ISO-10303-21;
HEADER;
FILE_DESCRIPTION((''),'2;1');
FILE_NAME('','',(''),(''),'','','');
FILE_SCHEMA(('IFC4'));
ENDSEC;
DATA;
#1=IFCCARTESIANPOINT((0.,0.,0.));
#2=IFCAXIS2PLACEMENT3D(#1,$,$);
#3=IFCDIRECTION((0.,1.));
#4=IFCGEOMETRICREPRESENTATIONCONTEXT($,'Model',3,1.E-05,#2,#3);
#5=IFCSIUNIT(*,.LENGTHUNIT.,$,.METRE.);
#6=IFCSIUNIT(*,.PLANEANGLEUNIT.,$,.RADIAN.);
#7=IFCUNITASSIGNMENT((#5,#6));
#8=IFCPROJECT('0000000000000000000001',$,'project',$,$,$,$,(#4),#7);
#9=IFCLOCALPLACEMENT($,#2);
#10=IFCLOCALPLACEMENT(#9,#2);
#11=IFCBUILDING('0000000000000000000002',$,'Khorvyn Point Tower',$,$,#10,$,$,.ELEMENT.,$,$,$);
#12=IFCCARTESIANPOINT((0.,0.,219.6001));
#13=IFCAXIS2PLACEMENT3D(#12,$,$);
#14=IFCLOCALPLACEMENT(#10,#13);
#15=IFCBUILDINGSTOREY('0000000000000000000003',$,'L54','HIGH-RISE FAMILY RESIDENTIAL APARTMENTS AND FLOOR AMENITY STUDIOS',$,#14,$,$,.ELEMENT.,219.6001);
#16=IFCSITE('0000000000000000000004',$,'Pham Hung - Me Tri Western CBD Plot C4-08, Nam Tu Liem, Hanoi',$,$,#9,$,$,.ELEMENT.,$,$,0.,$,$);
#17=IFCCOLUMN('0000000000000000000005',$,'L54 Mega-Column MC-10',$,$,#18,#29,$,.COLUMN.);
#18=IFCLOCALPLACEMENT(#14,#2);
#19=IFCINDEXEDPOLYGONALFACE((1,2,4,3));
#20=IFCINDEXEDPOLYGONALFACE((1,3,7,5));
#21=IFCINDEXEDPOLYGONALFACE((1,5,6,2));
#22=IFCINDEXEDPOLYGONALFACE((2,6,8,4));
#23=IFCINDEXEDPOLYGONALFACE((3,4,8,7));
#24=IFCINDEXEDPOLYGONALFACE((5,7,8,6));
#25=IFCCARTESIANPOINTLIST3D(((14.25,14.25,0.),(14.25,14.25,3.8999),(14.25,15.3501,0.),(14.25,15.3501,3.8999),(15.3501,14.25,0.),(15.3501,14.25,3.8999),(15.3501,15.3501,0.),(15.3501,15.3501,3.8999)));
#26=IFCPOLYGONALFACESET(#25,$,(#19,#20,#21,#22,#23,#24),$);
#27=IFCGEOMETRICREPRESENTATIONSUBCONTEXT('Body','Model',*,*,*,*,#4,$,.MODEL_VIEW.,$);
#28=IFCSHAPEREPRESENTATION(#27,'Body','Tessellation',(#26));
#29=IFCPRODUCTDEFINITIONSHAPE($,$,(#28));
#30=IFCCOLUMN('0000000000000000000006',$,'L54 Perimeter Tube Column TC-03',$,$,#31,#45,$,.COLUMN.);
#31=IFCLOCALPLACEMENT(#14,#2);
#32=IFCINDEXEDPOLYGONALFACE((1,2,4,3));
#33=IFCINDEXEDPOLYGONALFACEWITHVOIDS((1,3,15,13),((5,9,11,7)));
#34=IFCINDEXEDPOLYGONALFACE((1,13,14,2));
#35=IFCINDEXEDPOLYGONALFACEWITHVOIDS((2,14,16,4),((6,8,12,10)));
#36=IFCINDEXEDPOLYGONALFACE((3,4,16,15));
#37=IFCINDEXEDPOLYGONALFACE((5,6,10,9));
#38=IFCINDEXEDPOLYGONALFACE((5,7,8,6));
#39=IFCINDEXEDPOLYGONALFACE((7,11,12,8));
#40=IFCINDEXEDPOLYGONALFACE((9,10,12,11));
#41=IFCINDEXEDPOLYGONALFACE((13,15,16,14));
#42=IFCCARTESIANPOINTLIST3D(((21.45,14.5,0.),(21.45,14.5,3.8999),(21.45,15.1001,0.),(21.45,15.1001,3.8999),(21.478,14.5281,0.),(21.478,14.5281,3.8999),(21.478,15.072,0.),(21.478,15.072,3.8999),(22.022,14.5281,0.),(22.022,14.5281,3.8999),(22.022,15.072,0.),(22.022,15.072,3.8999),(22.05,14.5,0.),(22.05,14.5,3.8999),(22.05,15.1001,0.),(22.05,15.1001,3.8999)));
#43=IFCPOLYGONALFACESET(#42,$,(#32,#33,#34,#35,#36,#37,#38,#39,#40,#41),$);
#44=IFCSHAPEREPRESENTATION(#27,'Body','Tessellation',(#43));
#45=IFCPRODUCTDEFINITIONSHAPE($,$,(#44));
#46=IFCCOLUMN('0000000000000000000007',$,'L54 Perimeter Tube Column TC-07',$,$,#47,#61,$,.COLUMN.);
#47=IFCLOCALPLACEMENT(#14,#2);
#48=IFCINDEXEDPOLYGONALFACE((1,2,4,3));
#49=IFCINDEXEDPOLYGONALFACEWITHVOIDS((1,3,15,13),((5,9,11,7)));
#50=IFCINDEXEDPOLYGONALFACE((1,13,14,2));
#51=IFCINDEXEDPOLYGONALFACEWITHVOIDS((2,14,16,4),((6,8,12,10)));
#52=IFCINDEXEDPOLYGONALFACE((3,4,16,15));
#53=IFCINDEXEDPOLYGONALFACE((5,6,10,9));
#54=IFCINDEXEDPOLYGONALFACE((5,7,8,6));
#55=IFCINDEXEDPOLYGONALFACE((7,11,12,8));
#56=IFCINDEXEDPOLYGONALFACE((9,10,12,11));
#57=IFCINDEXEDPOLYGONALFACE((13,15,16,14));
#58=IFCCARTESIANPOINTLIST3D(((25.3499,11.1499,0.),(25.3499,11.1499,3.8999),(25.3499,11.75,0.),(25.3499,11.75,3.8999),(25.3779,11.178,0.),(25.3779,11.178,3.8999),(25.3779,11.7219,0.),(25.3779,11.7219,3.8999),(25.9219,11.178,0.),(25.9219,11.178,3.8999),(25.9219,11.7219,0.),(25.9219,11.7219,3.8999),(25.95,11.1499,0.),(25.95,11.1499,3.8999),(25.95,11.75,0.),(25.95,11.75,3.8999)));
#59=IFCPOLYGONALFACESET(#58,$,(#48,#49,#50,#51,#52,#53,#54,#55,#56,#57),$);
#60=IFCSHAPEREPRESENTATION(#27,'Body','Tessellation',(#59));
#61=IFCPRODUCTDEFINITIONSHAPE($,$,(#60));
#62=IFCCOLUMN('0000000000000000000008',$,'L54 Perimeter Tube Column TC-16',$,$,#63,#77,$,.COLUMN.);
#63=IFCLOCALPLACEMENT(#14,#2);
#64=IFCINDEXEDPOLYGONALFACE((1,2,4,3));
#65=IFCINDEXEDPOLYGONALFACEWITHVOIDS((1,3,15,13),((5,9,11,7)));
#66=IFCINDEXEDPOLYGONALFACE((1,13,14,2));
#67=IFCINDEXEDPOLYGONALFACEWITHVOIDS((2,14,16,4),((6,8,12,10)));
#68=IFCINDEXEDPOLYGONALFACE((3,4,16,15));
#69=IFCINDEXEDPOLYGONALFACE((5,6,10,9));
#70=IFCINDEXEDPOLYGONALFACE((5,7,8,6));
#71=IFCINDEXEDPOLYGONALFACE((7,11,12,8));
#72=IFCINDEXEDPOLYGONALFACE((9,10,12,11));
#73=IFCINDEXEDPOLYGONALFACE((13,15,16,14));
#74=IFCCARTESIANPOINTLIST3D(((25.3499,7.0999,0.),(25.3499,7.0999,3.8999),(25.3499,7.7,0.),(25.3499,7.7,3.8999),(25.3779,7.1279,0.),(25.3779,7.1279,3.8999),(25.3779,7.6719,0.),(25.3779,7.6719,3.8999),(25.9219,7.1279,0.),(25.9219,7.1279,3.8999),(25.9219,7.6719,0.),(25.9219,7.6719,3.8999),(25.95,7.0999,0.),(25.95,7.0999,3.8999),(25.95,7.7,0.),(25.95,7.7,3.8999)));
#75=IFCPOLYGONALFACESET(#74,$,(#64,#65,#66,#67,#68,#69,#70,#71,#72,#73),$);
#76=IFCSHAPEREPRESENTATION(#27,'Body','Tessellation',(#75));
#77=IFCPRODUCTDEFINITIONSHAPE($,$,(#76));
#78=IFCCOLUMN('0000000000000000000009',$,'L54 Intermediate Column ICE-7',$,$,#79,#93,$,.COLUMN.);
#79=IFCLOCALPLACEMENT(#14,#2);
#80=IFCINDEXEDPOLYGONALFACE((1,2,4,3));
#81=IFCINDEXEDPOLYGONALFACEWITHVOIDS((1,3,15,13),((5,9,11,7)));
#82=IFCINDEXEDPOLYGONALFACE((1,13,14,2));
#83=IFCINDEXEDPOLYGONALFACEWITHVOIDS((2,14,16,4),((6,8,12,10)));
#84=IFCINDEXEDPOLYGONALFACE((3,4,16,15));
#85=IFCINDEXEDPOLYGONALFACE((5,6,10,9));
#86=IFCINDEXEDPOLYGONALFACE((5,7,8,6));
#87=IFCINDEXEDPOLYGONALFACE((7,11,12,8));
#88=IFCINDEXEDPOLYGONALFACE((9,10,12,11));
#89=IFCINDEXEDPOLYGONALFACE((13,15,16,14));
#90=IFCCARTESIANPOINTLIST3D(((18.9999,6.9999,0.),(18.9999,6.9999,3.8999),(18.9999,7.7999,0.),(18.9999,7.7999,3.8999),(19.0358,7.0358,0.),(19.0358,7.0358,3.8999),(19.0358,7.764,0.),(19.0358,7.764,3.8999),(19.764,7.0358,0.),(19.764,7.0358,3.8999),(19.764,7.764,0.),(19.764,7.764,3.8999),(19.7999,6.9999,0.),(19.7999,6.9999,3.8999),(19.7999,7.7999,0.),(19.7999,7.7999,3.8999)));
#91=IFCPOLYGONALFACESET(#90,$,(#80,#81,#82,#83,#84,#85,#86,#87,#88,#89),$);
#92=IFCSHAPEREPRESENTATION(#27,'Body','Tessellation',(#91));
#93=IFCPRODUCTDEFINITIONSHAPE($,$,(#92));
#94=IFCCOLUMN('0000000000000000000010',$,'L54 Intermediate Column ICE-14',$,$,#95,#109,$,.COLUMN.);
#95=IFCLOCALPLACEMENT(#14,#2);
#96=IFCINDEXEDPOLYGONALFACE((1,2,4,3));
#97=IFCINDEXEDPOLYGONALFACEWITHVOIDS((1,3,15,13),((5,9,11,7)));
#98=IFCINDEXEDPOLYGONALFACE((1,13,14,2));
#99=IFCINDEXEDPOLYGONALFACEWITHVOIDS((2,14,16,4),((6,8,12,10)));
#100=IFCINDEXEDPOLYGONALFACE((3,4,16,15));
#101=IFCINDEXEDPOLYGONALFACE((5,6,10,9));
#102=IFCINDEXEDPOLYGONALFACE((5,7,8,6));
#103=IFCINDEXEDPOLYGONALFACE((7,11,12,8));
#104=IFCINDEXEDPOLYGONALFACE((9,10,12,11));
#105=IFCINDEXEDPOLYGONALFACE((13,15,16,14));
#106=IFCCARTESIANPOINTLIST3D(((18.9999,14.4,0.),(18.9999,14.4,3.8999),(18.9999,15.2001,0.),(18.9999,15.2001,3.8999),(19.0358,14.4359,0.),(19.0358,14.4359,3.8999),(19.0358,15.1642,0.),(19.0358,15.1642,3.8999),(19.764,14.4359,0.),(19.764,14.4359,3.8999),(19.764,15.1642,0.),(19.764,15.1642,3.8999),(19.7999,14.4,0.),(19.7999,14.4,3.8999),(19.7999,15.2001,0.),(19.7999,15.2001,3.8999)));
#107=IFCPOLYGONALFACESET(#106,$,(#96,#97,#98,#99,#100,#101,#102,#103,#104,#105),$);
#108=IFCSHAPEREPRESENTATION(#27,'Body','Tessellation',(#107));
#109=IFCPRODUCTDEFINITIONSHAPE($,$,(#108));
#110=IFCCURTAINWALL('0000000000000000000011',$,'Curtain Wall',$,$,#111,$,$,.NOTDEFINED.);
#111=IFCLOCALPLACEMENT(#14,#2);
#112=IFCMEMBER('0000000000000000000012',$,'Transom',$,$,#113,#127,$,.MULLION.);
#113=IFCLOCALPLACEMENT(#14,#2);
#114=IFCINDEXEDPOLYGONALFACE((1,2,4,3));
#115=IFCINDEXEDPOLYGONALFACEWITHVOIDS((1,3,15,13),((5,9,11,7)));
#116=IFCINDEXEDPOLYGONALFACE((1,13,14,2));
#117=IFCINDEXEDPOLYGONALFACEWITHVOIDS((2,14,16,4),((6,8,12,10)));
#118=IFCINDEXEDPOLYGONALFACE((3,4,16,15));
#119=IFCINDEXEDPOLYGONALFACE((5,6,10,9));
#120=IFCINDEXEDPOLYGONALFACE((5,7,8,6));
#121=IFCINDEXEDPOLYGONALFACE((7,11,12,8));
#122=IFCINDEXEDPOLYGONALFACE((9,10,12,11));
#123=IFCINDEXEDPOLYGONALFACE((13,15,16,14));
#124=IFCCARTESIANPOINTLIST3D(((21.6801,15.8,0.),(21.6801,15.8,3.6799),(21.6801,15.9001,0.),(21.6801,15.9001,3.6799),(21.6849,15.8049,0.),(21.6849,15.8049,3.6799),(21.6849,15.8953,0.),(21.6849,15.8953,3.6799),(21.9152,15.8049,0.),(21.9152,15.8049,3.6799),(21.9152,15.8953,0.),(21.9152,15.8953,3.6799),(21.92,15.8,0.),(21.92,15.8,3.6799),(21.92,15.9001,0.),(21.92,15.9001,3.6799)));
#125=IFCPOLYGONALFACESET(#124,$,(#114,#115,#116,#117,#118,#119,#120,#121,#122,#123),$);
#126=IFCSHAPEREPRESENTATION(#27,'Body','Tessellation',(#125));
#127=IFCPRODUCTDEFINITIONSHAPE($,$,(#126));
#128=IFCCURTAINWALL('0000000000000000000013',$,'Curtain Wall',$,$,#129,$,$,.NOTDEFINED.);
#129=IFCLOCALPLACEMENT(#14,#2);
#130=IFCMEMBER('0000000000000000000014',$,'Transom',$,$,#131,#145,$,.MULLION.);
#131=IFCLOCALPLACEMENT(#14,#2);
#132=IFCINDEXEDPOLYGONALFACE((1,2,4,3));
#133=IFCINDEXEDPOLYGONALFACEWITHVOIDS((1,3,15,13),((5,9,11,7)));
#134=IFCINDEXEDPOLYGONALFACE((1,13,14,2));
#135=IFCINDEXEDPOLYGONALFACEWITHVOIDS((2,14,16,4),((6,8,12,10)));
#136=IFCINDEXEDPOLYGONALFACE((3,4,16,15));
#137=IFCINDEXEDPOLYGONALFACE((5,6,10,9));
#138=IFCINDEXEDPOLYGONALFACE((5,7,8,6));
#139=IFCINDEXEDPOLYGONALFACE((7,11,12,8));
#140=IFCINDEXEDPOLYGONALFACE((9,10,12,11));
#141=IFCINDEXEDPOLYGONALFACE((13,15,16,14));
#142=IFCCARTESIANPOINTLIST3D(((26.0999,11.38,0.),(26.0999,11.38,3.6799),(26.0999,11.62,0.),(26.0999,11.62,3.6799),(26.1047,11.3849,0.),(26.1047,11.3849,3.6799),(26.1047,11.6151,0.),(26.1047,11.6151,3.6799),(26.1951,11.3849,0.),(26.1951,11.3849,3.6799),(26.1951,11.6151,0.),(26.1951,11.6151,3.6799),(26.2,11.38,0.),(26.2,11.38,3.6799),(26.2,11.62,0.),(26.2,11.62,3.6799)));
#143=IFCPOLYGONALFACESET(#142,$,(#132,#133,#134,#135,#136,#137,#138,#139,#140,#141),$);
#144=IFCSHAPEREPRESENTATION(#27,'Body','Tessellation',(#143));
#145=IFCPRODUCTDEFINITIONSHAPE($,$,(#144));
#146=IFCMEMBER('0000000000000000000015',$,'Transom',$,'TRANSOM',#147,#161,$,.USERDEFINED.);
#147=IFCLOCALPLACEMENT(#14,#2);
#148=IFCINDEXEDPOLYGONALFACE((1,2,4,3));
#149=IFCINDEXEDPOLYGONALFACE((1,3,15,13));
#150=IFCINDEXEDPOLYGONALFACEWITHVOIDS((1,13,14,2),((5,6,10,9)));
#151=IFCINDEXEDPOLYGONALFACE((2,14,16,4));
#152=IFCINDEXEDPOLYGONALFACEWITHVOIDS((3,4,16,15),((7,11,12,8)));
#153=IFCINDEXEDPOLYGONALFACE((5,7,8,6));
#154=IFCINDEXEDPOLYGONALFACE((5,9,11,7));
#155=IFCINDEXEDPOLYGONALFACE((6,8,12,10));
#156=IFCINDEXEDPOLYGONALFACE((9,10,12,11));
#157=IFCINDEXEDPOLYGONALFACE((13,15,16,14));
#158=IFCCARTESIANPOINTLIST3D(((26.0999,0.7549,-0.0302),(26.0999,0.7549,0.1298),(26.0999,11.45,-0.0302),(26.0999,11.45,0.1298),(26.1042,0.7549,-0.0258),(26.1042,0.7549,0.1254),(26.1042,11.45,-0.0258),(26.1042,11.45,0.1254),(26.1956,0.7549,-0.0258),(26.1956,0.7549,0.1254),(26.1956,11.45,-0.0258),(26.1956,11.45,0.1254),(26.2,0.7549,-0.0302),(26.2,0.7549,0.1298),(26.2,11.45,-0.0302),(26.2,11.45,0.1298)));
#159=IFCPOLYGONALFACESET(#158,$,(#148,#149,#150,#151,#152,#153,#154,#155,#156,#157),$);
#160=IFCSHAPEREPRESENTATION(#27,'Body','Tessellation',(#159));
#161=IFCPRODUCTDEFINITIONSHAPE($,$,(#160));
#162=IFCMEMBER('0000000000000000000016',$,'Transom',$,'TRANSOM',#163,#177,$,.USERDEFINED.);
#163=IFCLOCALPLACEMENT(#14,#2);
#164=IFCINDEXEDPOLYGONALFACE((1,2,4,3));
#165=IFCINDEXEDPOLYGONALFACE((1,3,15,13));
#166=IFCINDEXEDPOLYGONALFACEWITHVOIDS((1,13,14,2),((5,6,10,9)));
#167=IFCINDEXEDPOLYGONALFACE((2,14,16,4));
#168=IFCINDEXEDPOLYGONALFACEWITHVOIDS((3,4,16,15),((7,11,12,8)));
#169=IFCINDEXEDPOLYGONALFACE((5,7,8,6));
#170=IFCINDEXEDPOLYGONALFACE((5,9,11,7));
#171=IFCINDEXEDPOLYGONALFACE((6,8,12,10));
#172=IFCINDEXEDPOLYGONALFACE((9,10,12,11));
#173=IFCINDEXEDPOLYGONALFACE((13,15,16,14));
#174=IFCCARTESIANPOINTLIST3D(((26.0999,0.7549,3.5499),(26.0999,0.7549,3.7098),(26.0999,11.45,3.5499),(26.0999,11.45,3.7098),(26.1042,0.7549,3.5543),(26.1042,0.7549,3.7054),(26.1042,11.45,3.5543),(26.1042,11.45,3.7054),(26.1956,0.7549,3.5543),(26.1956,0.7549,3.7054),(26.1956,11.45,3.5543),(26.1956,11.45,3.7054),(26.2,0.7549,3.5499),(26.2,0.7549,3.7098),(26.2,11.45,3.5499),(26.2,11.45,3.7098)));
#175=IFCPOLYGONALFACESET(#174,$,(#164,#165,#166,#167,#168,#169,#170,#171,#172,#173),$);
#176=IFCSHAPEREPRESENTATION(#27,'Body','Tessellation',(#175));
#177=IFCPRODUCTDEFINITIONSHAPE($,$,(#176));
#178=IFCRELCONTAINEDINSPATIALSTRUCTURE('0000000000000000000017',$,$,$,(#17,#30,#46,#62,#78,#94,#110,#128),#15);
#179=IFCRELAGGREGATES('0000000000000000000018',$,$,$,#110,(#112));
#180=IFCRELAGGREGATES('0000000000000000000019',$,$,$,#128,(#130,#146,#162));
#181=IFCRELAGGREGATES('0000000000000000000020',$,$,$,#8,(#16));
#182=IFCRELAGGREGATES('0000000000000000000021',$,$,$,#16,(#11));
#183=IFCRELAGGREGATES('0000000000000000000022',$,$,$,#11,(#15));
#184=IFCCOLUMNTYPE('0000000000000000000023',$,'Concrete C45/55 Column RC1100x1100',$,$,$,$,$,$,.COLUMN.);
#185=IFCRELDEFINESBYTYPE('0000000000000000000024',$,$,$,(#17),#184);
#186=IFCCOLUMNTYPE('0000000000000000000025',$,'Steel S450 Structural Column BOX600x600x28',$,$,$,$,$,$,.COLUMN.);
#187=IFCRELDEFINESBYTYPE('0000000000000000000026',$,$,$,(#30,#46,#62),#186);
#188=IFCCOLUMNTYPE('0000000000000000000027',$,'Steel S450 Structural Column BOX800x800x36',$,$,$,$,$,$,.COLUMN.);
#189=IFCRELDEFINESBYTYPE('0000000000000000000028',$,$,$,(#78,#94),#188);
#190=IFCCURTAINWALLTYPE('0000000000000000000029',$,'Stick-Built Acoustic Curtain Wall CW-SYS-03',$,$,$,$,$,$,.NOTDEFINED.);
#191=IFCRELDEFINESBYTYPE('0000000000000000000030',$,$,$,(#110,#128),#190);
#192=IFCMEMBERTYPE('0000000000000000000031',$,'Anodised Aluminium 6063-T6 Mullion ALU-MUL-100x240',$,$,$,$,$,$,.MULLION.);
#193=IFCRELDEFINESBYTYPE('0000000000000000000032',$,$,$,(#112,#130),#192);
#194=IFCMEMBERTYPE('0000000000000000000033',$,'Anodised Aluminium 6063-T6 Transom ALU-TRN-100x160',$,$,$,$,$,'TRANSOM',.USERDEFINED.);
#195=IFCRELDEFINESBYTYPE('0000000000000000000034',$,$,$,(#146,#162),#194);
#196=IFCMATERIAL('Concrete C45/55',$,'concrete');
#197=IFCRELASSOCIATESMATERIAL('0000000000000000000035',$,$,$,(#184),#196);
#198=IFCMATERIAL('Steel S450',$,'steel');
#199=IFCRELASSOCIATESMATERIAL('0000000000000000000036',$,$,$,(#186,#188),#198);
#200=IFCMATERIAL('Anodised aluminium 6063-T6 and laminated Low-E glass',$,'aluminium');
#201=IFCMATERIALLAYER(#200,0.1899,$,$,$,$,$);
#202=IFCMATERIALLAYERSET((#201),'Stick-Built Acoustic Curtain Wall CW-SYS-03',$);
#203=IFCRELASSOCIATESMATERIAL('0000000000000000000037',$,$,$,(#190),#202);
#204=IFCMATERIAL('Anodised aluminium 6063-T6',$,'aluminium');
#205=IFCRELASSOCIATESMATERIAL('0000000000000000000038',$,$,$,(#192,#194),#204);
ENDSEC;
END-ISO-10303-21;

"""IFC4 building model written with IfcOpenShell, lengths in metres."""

from ifc_helpers import new_model, si_unit, direction, frame, origin, origin_2d, place, context, subcontext, project, spatial, rectangle, hollow_rectangle, extrude, material, layer, layer_set, material_profile, profile_set, type_object, element, aggregate, save


model = new_model("IFC4")

# Units and contexts
model_context = context("Model", 3, precision=1e-05, world=origin(), true_north=direction((0.0, 1.0)))
body_context = subcontext(model_context, "Body", "Model", "MODEL_VIEW")
ifc_project = project(units=[si_unit("LENGTHUNIT", "METRE"), si_unit("PLANEANGLEUNIT", "RADIAN")], contexts=[model_context])

# Site, building, storey
site_placement = place(None, origin())
site = spatial("IfcSite", under=ifc_project, at=site_placement, Name="Pham Hung - Me Tri Western CBD Plot C4-08, Nam Tu Liem, Hanoi", CompositionType="ELEMENT", RefElevation=0.0)
building_placement = place(site_placement, origin())
building = spatial("IfcBuilding", under=site, at=building_placement, Name="Khorvyn Point Tower", CompositionType="ELEMENT")
storey_placement = place(building_placement, frame((0.0, 0.0, 219.6001)))
storey = spatial("IfcBuildingStorey", under=building, at=storey_placement, Name="L54", Description="HIGH-RISE FAMILY RESIDENTIAL APARTMENTS AND FLOOR AMENITY STUDIOS", CompositionType="ELEMENT", Elevation=219.6001)

# Columns
ifc_material_1 = material(Name="Concrete C45/55", Category="concrete")
ifc_material_profile_1 = material_profile(ifc_material_1, rectangle(XDim=1.1001, YDim=1.1001, at=origin_2d()))
ifc_profile_set_1 = profile_set([ifc_material_profile_1], Name="Concrete C45/55 RC1100x1100")
column_type_1 = type_object("IfcColumnType", Name="Concrete C45/55 Column RC1100x1100", PredefinedType="COLUMN", material=ifc_profile_set_1)
column_placement = place(storey_placement, frame((14.8, 14.8, 0.0), z_axis=(0.0, 0.0, 1.0), x_axis=(1.0, 0.0, 0.0)))
element("IfcColumn", 1, at=column_placement, inside=storey, type_object=column_type_1, Name="L54 Mega-Column MC-10", PredefinedType="COLUMN", context=body_context, shape_type="SweptSolid", body=[
    extrude(rectangle(XDim=1.1001, YDim=1.1001, at=origin_2d()), origin(), (0.0, 0.0, 1.0), 3.8999),
])
ifc_material_2 = material(Name="Steel S450", Category="steel")
ifc_material_profile_2 = material_profile(ifc_material_2, hollow_rectangle(XDim=0.6001, YDim=0.6001, WallThickness=0.0281, at=origin_2d()))
ifc_profile_set_2 = profile_set([ifc_material_profile_2], Name="Steel S450 BOX600x600x28")
column_type_2 = type_object("IfcColumnType", Name="Steel S450 Structural Column BOX600x600x28", PredefinedType="COLUMN", material=ifc_profile_set_2)
for number, where, z_axis, x_axis, name in (
    (2, (21.75, 14.8, 0.0), (0.0, 0.0, 1.0), (1.0, 0.0, 0.0), "L54 Perimeter Tube Column TC-03"),
    (3, (25.6499, 11.45, 0.0), (0.0, 0.0, 1.0), (1.0, 0.0, 0.0), "L54 Perimeter Tube Column TC-07"),
    (4, (25.6499, 7.3999, 0.0), (0.0, 0.0, 1.0), (1.0, 0.0, 0.0), "L54 Perimeter Tube Column TC-16"),
):
    element("IfcColumn", number, at=place(storey_placement, frame(where, z_axis=z_axis, x_axis=x_axis)), inside=storey, type_object=column_type_2, Name=name, PredefinedType="COLUMN", context=body_context, shape_type="SweptSolid", body=[
        extrude(hollow_rectangle(XDim=0.6001, YDim=0.6001, WallThickness=0.0281, at=origin_2d()), origin(), (0.0, 0.0, 1.0), 3.8999),
    ])
ifc_material_profile_3 = material_profile(ifc_material_2, hollow_rectangle(XDim=0.8, YDim=0.8, WallThickness=0.0359, at=origin_2d()))
ifc_profile_set_3 = profile_set([ifc_material_profile_3], Name="Steel S450 BOX800x800x36")
column_type_3 = type_object("IfcColumnType", Name="Steel S450 Structural Column BOX800x800x36", PredefinedType="COLUMN", material=ifc_profile_set_3)
for number, where, z_axis, x_axis, name in (
    (5, (19.3999, 7.3999, 0.0), (0.0, 0.0, 1.0), (1.0, 0.0, 0.0), "L54 Intermediate Column ICE-7"),
    (6, (19.3999, 14.8, 0.0), (0.0, 0.0, 1.0), (1.0, 0.0, 0.0), "L54 Intermediate Column ICE-14"),
):
    element("IfcColumn", number, at=place(storey_placement, frame(where, z_axis=z_axis, x_axis=x_axis)), inside=storey, type_object=column_type_3, Name=name, PredefinedType="COLUMN", context=body_context, shape_type="SweptSolid", body=[
        extrude(hollow_rectangle(XDim=0.8, YDim=0.8, WallThickness=0.0359, at=origin_2d()), origin(), (0.0, 0.0, 1.0), 3.8999),
    ])

# Curtain wall, member
ifc_material_3 = material(Name="Anodised aluminium 6063-T6 and laminated Low-E glass", Category="aluminium")
ifc_layer_1 = layer(ifc_material_3, 0.1899)
ifc_layer_set_1 = layer_set([ifc_layer_1], Name="Stick-Built Acoustic Curtain Wall CW-SYS-03")
curtain_wall_type = type_object("IfcCurtainWallType", Name="Stick-Built Acoustic Curtain Wall CW-SYS-03", PredefinedType="NOTDEFINED", material=ifc_layer_set_1)
curtain_wall_1_placement = place(storey_placement, origin())
curtain_wall_1 = element("IfcCurtainWall", 7, at=curtain_wall_1_placement, inside=storey, type_object=curtain_wall_type, Name="Curtain Wall", PredefinedType="NOTDEFINED")
ifc_material_4 = material(Name="Anodised aluminium 6063-T6", Category="aluminium")
ifc_material_profile_4 = material_profile(ifc_material_4, hollow_rectangle(XDim=0.1001, YDim=0.24, WallThickness=0.0049, at=origin_2d()))
ifc_profile_set_4 = profile_set([ifc_material_profile_4], Name="Anodised aluminium 6063-T6 ALU-MUL-100x240")
member_type_1 = type_object("IfcMemberType", Name="Anodised Aluminium 6063-T6 Mullion ALU-MUL-100x240", PredefinedType="MULLION", material=ifc_profile_set_4)
member_1_placement = place(storey_placement, frame((21.8, 15.8501, 0.0), z_axis=(0.0, 0.0, 1.0), x_axis=(0.0, 1.0, 0.0)))
member_1 = element("IfcMember", 8, at=member_1_placement, type_object=member_type_1, Name="Transom", PredefinedType="MULLION", context=body_context, shape_type="SweptSolid", body=[
    extrude(hollow_rectangle(XDim=0.1001, YDim=0.24, WallThickness=0.0049, at=origin_2d()), origin(), (0.0, 0.0, 1.0), 3.6799),
])
aggregate(curtain_wall_1, [member_1])

# Curtain wall, members
curtain_wall_2_placement = place(storey_placement, origin())
curtain_wall_2 = element("IfcCurtainWall", 9, at=curtain_wall_2_placement, inside=storey, type_object=curtain_wall_type, Name="Curtain Wall", PredefinedType="NOTDEFINED")
member_2_placement = place(storey_placement, frame((26.1499, 11.5, 0.0), z_axis=(0.0, 0.0, 1.0), x_axis=(1.0, 0.0, 0.0)))
member_2 = element("IfcMember", 10, at=member_2_placement, type_object=member_type_1, Name="Transom", PredefinedType="MULLION", context=body_context, shape_type="SweptSolid", body=[
    extrude(hollow_rectangle(XDim=0.1001, YDim=0.24, WallThickness=0.0049, at=origin_2d()), origin(), (0.0, 0.0, 1.0), 3.6799),
])
ifc_material_profile_5 = material_profile(ifc_material_4, hollow_rectangle(XDim=0.1001, YDim=0.1599, WallThickness=0.0044, at=origin_2d()))
ifc_profile_set_5 = profile_set([ifc_material_profile_5], Name="Anodised aluminium 6063-T6 ALU-TRN-100x160")
member_type_2 = type_object("IfcMemberType", Name="Anodised Aluminium 6063-T6 Transom ALU-TRN-100x160", ElementType="TRANSOM", PredefinedType="USERDEFINED", material=ifc_profile_set_5)
member_3_placement = place(storey_placement, frame((26.1499, 11.45, 0.0498), z_axis=(0.0, -1.0, 0.0), x_axis=(1.0, 0.0, 0.0)))
member_3 = element("IfcMember", 11, at=member_3_placement, type_object=member_type_2, Name="Transom", ObjectType="TRANSOM", PredefinedType="USERDEFINED", context=body_context, shape_type="SweptSolid", body=[
    extrude(hollow_rectangle(XDim=0.1001, YDim=0.1599, WallThickness=0.0044, at=origin_2d()), origin(), (0.0, 0.0, 1.0), 10.6951),
])
member_4_placement = place(storey_placement, frame((26.1499, 11.45, 3.6299), z_axis=(0.0, -1.0, 0.0), x_axis=(1.0, 0.0, 0.0)))
member_4 = element("IfcMember", 12, at=member_4_placement, type_object=member_type_2, Name="Transom", ObjectType="TRANSOM", PredefinedType="USERDEFINED", context=body_context, shape_type="SweptSolid", body=[
    extrude(hollow_rectangle(XDim=0.1001, YDim=0.1599, WallThickness=0.0044, at=origin_2d()), origin(), (0.0, 0.0, 1.0), 10.6951),
])

aggregate(curtain_wall_2, [member_2, member_3, member_4])

save(model, "model.ifc")
